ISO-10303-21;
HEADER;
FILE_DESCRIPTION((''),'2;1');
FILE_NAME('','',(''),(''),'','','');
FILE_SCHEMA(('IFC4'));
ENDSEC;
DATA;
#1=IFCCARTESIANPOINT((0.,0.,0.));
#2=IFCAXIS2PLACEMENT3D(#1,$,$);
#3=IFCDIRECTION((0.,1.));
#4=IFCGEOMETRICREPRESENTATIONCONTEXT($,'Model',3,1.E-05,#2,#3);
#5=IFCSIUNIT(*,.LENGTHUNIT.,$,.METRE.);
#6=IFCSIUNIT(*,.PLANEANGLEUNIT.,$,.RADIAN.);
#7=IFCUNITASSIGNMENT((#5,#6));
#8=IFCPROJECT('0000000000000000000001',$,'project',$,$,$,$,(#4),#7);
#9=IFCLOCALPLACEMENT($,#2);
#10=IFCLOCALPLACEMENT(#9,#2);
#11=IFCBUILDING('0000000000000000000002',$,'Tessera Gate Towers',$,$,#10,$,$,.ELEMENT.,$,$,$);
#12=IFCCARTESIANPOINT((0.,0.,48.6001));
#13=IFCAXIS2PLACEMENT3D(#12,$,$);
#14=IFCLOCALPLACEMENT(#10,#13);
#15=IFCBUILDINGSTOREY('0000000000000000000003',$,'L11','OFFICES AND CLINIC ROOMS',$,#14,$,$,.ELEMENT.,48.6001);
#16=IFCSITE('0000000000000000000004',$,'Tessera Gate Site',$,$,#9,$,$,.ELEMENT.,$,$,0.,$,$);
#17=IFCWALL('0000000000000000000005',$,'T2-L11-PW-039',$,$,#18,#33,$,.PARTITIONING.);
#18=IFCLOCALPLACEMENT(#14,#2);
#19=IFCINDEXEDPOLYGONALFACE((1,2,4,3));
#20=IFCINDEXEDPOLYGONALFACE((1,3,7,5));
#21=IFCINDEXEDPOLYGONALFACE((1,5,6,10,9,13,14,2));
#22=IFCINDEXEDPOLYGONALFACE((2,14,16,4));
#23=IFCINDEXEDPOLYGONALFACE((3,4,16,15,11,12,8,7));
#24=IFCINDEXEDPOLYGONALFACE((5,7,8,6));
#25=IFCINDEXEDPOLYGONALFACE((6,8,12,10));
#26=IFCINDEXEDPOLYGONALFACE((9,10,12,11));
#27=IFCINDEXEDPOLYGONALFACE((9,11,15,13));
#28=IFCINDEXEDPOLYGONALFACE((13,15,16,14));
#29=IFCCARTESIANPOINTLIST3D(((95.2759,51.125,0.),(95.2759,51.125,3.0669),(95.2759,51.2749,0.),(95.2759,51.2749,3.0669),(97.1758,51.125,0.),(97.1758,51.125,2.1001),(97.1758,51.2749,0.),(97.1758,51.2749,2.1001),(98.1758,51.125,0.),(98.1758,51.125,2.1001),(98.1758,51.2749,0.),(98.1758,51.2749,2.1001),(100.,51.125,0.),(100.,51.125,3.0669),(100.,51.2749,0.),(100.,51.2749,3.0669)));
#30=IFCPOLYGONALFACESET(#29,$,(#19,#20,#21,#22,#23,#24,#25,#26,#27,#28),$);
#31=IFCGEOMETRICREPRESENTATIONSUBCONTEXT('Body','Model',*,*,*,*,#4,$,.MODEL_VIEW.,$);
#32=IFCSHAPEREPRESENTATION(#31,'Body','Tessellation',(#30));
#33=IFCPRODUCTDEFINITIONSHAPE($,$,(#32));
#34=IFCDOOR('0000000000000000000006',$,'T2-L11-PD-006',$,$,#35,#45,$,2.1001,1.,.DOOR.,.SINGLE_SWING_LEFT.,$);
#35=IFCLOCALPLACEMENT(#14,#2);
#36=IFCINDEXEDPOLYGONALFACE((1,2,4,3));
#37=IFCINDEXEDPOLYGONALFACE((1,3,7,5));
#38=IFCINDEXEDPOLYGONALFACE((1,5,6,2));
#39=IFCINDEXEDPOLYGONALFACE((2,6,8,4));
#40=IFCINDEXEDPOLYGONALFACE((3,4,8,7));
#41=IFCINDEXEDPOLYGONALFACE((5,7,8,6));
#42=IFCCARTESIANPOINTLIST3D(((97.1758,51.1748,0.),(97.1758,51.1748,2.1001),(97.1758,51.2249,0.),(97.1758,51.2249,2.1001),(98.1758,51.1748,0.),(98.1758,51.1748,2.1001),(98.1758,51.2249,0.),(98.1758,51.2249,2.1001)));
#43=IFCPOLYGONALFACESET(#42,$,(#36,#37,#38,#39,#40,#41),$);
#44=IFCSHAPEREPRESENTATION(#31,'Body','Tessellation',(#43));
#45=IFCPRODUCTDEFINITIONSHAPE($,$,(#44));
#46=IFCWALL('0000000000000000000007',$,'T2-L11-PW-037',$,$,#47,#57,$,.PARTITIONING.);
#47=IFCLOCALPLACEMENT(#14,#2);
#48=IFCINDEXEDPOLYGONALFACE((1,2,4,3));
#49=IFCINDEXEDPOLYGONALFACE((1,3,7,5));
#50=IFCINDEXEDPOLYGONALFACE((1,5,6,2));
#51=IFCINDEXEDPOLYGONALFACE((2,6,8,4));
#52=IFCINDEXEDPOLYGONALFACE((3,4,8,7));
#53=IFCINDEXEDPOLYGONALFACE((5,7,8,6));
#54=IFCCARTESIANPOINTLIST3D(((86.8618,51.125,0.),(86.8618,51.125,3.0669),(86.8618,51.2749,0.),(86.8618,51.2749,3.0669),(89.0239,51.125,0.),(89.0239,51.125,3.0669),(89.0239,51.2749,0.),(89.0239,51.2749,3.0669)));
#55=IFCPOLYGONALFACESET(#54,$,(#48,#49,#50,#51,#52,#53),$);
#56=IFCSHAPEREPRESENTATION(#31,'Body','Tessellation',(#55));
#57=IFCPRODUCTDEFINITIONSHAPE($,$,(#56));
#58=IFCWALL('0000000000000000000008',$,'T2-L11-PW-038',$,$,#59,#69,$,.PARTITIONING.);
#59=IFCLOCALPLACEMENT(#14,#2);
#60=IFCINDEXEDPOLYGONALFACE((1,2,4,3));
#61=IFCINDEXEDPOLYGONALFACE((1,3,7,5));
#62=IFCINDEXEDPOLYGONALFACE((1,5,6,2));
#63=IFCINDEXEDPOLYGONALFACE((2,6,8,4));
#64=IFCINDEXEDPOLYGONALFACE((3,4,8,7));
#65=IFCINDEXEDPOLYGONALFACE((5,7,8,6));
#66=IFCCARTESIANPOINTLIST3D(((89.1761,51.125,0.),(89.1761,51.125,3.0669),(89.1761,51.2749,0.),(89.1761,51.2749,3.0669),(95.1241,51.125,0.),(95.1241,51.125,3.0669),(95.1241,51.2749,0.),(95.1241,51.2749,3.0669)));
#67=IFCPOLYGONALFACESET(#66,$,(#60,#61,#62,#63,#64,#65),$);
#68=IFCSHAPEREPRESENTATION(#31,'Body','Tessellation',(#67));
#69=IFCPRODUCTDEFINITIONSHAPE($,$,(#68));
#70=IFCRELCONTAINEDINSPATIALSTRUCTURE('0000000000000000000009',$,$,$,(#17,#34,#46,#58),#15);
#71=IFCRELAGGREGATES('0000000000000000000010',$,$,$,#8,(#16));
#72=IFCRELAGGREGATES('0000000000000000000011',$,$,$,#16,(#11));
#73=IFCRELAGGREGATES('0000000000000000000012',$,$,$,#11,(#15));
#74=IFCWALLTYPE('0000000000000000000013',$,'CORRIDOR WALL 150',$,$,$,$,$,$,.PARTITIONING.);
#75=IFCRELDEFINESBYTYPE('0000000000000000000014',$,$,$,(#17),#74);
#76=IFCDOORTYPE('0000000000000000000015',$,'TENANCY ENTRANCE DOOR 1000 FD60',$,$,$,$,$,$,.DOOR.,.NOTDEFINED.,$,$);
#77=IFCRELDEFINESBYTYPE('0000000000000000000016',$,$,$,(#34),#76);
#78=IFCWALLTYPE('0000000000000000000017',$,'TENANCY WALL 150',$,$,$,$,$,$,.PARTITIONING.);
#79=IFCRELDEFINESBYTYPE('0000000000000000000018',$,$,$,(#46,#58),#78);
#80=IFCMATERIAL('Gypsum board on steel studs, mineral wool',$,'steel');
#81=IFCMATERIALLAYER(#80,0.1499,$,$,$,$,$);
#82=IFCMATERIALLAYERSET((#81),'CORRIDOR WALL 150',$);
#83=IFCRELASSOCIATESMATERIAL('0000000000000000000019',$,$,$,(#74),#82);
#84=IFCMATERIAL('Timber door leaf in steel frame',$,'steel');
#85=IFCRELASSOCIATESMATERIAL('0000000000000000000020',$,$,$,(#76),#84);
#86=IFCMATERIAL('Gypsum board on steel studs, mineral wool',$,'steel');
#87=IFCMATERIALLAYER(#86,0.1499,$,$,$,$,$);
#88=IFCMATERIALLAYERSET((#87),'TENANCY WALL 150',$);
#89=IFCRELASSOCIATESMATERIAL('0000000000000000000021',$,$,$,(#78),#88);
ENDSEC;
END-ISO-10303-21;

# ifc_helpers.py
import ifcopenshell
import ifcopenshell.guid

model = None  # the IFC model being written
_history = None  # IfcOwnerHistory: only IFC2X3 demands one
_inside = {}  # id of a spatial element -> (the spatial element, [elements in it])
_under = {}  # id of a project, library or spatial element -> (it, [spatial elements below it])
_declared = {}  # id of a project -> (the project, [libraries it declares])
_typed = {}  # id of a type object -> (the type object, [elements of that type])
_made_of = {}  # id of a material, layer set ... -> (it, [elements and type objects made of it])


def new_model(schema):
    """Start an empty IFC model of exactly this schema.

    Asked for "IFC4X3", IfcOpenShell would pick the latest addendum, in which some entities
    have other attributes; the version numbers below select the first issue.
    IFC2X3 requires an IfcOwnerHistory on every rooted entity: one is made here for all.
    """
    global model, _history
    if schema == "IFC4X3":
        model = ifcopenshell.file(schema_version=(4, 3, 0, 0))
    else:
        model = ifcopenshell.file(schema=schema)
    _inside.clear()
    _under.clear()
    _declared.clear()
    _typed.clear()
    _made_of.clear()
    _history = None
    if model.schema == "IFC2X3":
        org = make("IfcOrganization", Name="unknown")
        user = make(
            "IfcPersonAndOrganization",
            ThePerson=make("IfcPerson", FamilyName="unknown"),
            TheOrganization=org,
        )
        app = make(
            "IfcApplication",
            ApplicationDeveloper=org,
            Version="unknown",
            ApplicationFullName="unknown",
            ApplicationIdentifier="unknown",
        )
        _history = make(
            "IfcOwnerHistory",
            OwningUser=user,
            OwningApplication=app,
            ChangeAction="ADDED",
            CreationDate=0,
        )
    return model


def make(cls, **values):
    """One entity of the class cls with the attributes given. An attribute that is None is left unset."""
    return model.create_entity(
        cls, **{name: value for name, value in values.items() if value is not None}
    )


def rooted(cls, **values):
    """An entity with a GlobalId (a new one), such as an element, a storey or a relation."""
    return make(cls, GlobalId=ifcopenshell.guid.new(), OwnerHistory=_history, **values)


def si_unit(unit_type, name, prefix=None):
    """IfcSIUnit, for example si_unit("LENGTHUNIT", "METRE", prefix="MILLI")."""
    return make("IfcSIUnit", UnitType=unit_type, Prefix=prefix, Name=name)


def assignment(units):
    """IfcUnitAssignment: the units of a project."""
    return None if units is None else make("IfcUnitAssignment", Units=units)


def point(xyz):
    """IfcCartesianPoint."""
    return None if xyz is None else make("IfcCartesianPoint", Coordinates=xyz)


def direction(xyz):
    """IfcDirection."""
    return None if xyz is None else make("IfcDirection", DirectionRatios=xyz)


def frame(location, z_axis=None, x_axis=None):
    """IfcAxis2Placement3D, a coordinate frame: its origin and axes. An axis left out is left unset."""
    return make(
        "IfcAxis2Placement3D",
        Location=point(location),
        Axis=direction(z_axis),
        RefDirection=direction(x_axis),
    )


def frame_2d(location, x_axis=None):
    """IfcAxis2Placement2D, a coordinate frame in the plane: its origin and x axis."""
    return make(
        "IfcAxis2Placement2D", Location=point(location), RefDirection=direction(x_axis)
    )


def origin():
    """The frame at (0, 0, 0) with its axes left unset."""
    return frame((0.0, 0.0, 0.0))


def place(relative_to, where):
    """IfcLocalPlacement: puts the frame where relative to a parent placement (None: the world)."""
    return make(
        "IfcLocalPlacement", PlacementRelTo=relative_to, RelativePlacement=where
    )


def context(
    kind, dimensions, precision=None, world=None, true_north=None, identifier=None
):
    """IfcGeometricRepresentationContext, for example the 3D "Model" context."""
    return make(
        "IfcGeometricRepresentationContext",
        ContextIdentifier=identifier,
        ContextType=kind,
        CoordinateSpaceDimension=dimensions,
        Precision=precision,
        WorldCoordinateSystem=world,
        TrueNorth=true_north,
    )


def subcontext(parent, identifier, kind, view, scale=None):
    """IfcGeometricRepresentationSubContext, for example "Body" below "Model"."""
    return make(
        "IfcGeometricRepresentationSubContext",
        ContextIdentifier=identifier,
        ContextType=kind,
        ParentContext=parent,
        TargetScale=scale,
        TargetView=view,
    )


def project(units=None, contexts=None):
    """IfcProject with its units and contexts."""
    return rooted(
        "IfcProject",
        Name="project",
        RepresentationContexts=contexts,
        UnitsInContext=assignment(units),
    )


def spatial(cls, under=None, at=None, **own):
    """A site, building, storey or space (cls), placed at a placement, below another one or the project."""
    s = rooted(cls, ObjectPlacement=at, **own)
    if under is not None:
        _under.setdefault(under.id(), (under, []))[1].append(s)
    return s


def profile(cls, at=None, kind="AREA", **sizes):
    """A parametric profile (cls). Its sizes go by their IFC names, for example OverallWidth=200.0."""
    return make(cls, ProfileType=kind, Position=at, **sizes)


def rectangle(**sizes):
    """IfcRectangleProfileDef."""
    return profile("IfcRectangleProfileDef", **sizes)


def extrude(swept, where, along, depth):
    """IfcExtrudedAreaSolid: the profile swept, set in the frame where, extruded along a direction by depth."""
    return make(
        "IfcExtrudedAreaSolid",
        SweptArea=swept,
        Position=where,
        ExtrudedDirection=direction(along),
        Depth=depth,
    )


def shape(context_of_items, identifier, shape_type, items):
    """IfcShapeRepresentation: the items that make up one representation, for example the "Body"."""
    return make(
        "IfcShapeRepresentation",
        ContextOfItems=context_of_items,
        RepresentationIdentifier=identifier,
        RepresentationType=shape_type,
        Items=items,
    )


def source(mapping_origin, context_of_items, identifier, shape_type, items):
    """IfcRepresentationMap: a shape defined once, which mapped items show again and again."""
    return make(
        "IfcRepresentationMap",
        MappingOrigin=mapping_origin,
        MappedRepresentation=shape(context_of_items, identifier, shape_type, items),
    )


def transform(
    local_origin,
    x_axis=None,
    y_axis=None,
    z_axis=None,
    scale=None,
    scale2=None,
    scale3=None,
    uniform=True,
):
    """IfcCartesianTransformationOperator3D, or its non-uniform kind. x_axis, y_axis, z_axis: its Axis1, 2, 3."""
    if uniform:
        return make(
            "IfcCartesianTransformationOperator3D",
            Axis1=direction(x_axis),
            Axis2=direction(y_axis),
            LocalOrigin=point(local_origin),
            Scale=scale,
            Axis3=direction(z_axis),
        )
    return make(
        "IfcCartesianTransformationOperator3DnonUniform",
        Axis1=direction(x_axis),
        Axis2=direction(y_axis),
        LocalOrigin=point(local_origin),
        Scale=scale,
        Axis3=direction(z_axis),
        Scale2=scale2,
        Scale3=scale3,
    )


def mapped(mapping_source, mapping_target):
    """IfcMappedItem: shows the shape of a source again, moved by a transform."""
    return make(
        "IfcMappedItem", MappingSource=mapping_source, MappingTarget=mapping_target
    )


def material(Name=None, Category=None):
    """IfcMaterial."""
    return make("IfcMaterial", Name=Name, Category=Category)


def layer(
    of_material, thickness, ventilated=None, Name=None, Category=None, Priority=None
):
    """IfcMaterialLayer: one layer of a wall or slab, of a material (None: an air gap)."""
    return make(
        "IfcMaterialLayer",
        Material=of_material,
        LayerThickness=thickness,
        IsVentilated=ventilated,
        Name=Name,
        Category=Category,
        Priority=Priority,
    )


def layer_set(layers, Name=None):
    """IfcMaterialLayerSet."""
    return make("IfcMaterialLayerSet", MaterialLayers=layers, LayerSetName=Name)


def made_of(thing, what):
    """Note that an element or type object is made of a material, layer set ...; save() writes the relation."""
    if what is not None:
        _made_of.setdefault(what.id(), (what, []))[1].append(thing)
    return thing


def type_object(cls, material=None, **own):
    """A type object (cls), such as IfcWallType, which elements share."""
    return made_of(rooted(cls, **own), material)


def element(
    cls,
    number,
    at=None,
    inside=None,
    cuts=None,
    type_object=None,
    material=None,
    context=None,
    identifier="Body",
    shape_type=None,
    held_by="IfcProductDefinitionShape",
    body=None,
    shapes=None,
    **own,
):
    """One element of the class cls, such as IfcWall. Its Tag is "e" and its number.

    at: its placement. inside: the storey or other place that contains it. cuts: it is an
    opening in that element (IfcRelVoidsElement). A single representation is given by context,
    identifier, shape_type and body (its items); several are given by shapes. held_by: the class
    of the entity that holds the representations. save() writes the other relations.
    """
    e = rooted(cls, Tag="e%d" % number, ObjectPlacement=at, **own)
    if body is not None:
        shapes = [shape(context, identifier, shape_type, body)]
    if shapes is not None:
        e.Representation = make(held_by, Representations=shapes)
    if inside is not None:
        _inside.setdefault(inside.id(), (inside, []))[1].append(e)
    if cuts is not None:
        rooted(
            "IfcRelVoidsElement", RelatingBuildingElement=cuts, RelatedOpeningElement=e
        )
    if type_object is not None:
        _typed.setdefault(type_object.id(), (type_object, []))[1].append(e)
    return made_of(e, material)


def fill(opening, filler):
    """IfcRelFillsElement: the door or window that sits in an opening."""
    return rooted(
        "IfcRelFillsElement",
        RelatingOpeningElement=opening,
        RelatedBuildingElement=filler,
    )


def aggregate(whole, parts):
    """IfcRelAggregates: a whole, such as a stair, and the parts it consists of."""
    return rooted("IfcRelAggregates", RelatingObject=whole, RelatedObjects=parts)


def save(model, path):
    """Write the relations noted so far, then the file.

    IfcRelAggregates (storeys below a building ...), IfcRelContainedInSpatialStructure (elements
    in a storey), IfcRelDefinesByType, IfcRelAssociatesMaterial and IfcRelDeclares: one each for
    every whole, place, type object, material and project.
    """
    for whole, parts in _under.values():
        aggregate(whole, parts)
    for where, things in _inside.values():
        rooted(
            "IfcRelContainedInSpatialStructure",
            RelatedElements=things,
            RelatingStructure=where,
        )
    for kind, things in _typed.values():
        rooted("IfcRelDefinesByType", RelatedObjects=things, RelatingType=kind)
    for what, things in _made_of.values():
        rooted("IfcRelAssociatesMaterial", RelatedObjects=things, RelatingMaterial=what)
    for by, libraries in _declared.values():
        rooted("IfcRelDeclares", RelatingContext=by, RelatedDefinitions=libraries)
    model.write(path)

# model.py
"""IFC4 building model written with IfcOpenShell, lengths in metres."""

from ifc_helpers import new_model, si_unit, direction, frame, frame_2d, origin, place, context, subcontext, project, spatial, rectangle, extrude, source, transform, mapped, material, layer, layer_set, type_object, element, fill, save


model = new_model("IFC4")

# Units and contexts
model_context = context("Model", 3, precision=1e-05, world=origin(), true_north=direction((0.0, 1.0)))
body_context = subcontext(model_context, "Body", "Model", "MODEL_VIEW")
ifc_project = project(units=[si_unit("LENGTHUNIT", "METRE"), si_unit("PLANEANGLEUNIT", "RADIAN")], contexts=[model_context])

# Site, building, storey
site_placement = place(None, origin())
site = spatial("IfcSite", under=ifc_project, at=site_placement, Name="Tessera Gate Site", CompositionType="ELEMENT", RefElevation=0.0)
building_placement = place(site_placement, origin())
building = spatial("IfcBuilding", under=site, at=building_placement, Name="Tessera Gate Towers", CompositionType="ELEMENT")
storey_placement = place(building_placement, frame((0.0, 0.0, 48.6001)))
storey = spatial("IfcBuildingStorey", under=building, at=storey_placement, Name="L11", Description="OFFICES AND CLINIC ROOMS", CompositionType="ELEMENT", Elevation=48.6001)

# Wall, opening, door
ifc_material_1 = material(Name="Gypsum board on steel studs, mineral wool", Category="steel")
ifc_layer_1 = layer(ifc_material_1, 0.1499)
ifc_layer_set_1 = layer_set([ifc_layer_1], Name="CORRIDOR WALL 150")
wall_type_1 = type_object("IfcWallType", Name="CORRIDOR WALL 150", PredefinedType="PARTITIONING", material=ifc_layer_set_1)
wall_1_placement = place(storey_placement, frame((95.2759, 51.2, 0.0), z_axis=(0.0, 0.0, 1.0), x_axis=(1.0, 0.0, 0.0)))
wall_1 = element("IfcWall", 1, at=wall_1_placement, inside=storey, type_object=wall_type_1, Name="T2-L11-PW-039", PredefinedType="PARTITIONING", context=body_context, shape_type="SweptSolid", body=[
    extrude(rectangle(XDim=4.7241, YDim=0.1499, at=frame_2d((2.3621, 0.0))), origin(), (0.0, 0.0, 1.0), 3.0669),
])
shared_shape_1 = source(origin(), body_context, "Body", "SweptSolid", [
    extrude(rectangle(XDim=1.0, YDim=2.1001, at=frame_2d((0.5, 1.05))), frame((0.0, 0.085, 0.0), z_axis=(0.0, -1.0, 0.0), x_axis=(1.0, 0.0, 0.0)), (0.0, 0.0, 1.0), 0.1699),
])
opening_placement = place(wall_1_placement, frame((1.8999, 0.0, 0.0)))
opening = element("IfcOpeningElement", 2, at=opening_placement, cuts=wall_1, PredefinedType="OPENING", context=body_context, shape_type="MappedRepresentation", body=[
    mapped(shared_shape_1, transform((0.0, 0.0, 0.0), scale=1.0)),
])
ifc_material_2 = material(Name="Timber door leaf in steel frame", Category="steel")
door_type = type_object("IfcDoorType", Name="TENANCY ENTRANCE DOOR 1000 FD60", OperationType="NOTDEFINED", PredefinedType="DOOR", material=ifc_material_2)
shared_shape_2 = source(origin(), body_context, "Body", "SweptSolid", [
    extrude(rectangle(XDim=1.0, YDim=2.1001, at=frame_2d((0.5, 1.05))), frame((0.0, 0.0249, 0.0), z_axis=(0.0, -1.0, 0.0), x_axis=(1.0, 0.0, 0.0)), (0.0, 0.0, 1.0), 0.05),
])
door_placement = place(opening_placement, origin())
door = element("IfcDoor", 3, at=door_placement, inside=storey, type_object=door_type, Name="T2-L11-PD-006", OperationType="SINGLE_SWING_LEFT", OverallHeight=2.1001, OverallWidth=1.0, PredefinedType="DOOR", context=body_context, shape_type="MappedRepresentation", body=[
    mapped(shared_shape_2, transform((0.0, 0.0, 0.0), scale=1.0)),
])
fill(opening, door)

# Walls
ifc_material_3 = material(Name="Gypsum board on steel studs, mineral wool", Category="steel")
ifc_layer_2 = layer(ifc_material_3, 0.1499)
ifc_layer_set_2 = layer_set([ifc_layer_2], Name="TENANCY WALL 150")
wall_type_2 = type_object("IfcWallType", Name="TENANCY WALL 150", PredefinedType="PARTITIONING", material=ifc_layer_set_2)
wall_2_placement = place(storey_placement, frame((86.8618, 51.2, 0.0), z_axis=(0.0, 0.0, 1.0), x_axis=(1.0, 0.0, 0.0)))
element("IfcWall", 4, at=wall_2_placement, inside=storey, type_object=wall_type_2, Name="T2-L11-PW-037", PredefinedType="PARTITIONING", context=body_context, shape_type="SweptSolid", body=[
    extrude(rectangle(XDim=2.1621, YDim=0.1499, at=frame_2d((1.0811, 0.0))), origin(), (0.0, 0.0, 1.0), 3.0669),
])
wall_3_placement = place(storey_placement, frame((89.176, 51.2, 0.0), z_axis=(0.0, 0.0, 1.0), x_axis=(1.0, 0.0, 0.0)))
element("IfcWall", 5, at=wall_3_placement, inside=storey, type_object=wall_type_2, Name="T2-L11-PW-038", PredefinedType="PARTITIONING", context=body_context, shape_type="SweptSolid", body=[
    extrude(rectangle(XDim=5.948, YDim=0.1499, at=frame_2d((2.9741, 0.0))), origin(), (0.0, 0.0, 1.0), 3.0669),
])

save(model, "model.ifc")
